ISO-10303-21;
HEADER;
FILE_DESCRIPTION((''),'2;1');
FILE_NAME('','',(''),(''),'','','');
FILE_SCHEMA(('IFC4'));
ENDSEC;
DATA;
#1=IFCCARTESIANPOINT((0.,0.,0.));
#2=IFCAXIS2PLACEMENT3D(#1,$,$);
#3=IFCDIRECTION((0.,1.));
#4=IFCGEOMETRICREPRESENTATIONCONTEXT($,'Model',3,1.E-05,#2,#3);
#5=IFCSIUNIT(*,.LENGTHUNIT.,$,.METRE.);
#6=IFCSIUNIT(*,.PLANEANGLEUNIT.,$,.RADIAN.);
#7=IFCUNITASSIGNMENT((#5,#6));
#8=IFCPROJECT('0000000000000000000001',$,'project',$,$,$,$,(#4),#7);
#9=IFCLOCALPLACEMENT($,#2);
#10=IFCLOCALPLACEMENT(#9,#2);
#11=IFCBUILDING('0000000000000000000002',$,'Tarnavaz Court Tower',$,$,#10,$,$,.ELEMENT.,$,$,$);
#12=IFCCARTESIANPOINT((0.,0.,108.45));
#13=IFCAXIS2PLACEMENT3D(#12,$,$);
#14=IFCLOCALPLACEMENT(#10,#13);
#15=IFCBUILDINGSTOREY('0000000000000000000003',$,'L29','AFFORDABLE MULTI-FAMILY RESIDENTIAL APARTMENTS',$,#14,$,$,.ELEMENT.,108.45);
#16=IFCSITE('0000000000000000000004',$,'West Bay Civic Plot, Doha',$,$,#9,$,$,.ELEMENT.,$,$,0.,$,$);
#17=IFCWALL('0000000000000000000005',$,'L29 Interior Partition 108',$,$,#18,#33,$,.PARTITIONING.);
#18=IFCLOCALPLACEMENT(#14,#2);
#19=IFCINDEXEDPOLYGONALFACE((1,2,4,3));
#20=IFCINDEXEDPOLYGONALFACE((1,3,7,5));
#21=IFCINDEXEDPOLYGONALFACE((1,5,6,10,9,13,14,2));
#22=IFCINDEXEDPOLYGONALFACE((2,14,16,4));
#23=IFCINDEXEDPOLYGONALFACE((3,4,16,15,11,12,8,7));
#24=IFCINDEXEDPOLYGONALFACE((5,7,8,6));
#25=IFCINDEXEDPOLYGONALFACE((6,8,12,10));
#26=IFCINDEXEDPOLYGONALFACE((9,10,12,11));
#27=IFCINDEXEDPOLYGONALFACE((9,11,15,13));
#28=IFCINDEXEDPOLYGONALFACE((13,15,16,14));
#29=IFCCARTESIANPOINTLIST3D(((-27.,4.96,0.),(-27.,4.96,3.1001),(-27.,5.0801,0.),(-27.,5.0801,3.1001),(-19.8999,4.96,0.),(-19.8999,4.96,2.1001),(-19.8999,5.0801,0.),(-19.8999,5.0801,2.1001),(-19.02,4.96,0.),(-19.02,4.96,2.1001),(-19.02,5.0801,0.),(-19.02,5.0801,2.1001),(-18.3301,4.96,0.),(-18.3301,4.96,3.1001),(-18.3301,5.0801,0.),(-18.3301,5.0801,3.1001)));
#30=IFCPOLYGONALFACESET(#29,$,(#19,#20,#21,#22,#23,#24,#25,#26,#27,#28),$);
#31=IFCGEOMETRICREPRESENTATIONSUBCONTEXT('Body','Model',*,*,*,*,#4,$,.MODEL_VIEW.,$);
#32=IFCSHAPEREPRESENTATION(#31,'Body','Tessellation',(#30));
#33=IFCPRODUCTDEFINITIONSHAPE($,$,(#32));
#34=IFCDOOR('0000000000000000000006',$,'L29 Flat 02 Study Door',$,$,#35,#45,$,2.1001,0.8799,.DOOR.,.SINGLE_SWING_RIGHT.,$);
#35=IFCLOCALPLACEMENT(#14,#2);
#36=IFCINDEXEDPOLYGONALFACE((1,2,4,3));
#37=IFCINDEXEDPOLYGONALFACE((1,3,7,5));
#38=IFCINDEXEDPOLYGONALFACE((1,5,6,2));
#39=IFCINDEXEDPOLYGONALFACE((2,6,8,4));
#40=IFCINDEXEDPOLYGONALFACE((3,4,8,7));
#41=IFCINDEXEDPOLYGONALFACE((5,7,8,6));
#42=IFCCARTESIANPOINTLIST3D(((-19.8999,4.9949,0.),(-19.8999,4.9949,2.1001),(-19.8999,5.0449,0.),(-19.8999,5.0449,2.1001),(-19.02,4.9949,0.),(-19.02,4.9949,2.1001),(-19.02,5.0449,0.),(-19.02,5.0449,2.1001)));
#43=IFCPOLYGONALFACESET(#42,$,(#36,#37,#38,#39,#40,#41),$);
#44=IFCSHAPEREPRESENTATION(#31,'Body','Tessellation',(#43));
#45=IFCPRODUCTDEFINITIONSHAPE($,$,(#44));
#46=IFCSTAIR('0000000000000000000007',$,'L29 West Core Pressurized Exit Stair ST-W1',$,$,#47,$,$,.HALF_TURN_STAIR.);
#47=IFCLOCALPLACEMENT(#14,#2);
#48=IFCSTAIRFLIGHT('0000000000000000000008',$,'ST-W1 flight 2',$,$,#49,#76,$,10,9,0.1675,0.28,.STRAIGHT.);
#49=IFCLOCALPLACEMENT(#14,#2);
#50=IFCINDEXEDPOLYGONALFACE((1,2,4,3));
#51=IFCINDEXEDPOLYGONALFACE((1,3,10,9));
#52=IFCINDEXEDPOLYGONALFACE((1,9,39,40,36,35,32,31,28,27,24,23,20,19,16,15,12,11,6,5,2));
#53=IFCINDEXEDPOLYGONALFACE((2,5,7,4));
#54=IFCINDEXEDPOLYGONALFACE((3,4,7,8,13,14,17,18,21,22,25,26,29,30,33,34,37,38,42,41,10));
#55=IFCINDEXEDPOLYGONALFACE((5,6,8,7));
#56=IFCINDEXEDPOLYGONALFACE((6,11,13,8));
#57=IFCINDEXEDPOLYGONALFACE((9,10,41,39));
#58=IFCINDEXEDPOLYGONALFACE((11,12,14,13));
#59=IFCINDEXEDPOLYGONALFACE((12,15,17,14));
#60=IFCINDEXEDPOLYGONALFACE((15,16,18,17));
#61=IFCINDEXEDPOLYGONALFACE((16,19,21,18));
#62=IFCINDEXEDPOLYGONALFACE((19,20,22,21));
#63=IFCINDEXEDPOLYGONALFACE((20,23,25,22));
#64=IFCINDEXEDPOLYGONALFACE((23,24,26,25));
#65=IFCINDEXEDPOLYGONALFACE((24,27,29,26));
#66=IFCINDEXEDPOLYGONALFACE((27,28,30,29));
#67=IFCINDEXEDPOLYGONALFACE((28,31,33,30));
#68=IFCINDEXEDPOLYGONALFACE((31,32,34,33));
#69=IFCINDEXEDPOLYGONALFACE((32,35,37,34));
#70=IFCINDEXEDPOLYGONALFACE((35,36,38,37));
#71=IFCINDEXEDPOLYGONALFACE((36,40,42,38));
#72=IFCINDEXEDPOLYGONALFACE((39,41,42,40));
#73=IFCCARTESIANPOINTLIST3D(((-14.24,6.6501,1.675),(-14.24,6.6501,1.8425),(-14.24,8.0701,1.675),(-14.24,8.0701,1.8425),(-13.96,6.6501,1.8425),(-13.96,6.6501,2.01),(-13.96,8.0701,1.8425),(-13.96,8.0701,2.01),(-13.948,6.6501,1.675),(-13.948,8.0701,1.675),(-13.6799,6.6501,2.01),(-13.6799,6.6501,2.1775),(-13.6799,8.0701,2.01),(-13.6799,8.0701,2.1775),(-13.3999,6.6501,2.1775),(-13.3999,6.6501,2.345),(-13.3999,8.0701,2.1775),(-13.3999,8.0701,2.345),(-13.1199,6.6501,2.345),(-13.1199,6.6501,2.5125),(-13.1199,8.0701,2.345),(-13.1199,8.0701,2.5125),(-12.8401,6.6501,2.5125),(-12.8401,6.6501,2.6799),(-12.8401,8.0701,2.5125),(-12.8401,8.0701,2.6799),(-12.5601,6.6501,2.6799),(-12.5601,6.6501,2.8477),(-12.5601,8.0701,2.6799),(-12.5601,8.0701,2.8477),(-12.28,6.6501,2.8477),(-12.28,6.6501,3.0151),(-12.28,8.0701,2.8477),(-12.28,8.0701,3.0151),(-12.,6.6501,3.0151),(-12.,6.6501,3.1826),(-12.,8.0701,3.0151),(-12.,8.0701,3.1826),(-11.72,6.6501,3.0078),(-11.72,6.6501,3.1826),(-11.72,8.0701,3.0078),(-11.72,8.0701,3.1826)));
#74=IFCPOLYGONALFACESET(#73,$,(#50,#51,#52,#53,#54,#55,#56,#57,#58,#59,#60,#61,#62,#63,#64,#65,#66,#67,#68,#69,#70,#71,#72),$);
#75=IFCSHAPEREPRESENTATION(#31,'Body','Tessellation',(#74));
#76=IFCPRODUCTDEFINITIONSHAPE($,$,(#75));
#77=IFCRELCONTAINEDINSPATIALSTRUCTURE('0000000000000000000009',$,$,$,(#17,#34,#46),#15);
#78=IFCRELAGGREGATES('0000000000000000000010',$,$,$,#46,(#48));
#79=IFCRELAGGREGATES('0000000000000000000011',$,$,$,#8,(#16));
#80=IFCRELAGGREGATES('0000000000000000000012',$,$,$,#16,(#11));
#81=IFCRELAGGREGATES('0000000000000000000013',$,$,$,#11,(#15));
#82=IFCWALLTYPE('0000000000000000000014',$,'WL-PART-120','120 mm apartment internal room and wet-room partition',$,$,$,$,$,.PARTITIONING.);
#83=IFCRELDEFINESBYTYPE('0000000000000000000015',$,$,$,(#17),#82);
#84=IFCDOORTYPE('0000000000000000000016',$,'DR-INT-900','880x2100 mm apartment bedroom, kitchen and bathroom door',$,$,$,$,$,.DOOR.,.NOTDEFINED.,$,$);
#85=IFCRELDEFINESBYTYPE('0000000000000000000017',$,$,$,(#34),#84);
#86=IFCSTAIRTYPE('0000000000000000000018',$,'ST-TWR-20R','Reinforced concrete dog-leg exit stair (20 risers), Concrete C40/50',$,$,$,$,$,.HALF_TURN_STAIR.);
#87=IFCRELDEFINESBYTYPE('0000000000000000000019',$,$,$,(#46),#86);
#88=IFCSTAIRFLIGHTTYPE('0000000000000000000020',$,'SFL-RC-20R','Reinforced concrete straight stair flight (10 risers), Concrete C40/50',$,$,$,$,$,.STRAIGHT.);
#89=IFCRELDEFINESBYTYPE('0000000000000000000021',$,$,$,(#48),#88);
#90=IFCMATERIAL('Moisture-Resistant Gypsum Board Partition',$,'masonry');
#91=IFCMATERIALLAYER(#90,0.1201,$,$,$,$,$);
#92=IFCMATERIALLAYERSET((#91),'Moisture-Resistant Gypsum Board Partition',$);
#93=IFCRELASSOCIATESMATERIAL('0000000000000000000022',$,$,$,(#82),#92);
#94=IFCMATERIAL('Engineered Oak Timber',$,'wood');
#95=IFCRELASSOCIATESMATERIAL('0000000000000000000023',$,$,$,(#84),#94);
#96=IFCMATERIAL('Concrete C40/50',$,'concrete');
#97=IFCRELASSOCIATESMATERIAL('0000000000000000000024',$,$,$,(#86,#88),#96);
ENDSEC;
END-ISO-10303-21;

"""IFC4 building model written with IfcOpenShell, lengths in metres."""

from ifc_helpers import new_model, si_unit, direction, frame, frame_2d, origin, place, context, subcontext, project, spatial, polyline, rectangle, outline, extrude, material, layer, layer_set, type_object, element, fill, aggregate, save


model = new_model("IFC4")

# Units and contexts
model_context = context("Model", 3, precision=1e-05, world=origin(), true_north=direction((0.0, 1.0)))
body_context = subcontext(model_context, "Body", "Model", "MODEL_VIEW")
ifc_project = project(units=[si_unit("LENGTHUNIT", "METRE"), si_unit("PLANEANGLEUNIT", "RADIAN")], contexts=[model_context])

# Site, building, storey
site_placement = place(None, origin())
site = spatial("IfcSite", under=ifc_project, at=site_placement, Name="West Bay Civic Plot, Doha", CompositionType="ELEMENT", RefElevation=0.0)
building_placement = place(site_placement, origin())
building = spatial("IfcBuilding", under=site, at=building_placement, Name="Tarnavaz Court Tower", CompositionType="ELEMENT")
storey_placement = place(building_placement, frame((0.0, 0.0, 108.45)))
storey = spatial("IfcBuildingStorey", under=building, at=storey_placement, Name="L29", Description="AFFORDABLE MULTI-FAMILY RESIDENTIAL APARTMENTS", CompositionType="ELEMENT", Elevation=108.45)

# Shared definitions
ifc_material_1 = material(Name="Engineered Oak Timber", Category="wood")

# Wall, opening, door
ifc_material_2 = material(Name="Moisture-Resistant Gypsum Board Partition", Category="masonry")
ifc_layer_1 = layer(ifc_material_2, 0.1201)
ifc_layer_set_1 = layer_set([ifc_layer_1], Name="Moisture-Resistant Gypsum Board Partition")
wall_type_1 = type_object("IfcWallType", Name="WL-PART-120", Description="120 mm apartment internal room and wet-room partition", PredefinedType="PARTITIONING", material=ifc_layer_set_1)
wall_1_placement = place(storey_placement, frame((-27.0, 5.02, 0.0), z_axis=(0.0, 0.0, 1.0), x_axis=(1.0, 0.0, 0.0)))
wall_1 = element("IfcWall", 1, at=wall_1_placement, inside=storey, type_object=wall_type_1, Name="L29 Interior Partition 108", PredefinedType="PARTITIONING", context=body_context, shape_type="SweptSolid", body=[
    extrude(rectangle(XDim=8.6699, YDim=0.1201, at=frame_2d((4.335, 0.0))), origin(), (0.0, 0.0, 1.0), 3.1001),
])
opening_1_placement = place(wall_1_placement, frame((7.1001, 0.0, 0.0)))
opening_1 = element("IfcOpeningElement", 2, at=opening_1_placement, cuts=wall_1, PredefinedType="OPENING", context=body_context, shape_type="SweptSolid", body=[
    extrude(rectangle(XDim=0.8799, YDim=2.1001, at=frame_2d((0.4399, 1.05))), frame((0.0, 0.0701, 0.0), z_axis=(0.0, -1.0, 0.0), x_axis=(1.0, 0.0, 0.0)), (0.0, 0.0, 1.0), 0.1401),
])
door_type_1 = type_object("IfcDoorType", Name="DR-INT-900", Description="880x2100 mm apartment bedroom, kitchen and bathroom door", OperationType="NOTDEFINED", PredefinedType="DOOR", material=ifc_material_1)
door_1_placement = place(opening_1_placement, origin())
door_1 = element("IfcDoor", 3, at=door_1_placement, inside=storey, type_object=door_type_1, Name="L29 Flat 02 Study Door", OperationType="SINGLE_SWING_RIGHT", OverallHeight=2.1001, OverallWidth=0.8799, PredefinedType="DOOR", context=body_context, shape_type="SweptSolid", body=[
    extrude(rectangle(XDim=0.8799, YDim=2.1001, at=frame_2d((0.4399, 1.05))), frame((0.0, 0.0249, 0.0), z_axis=(0.0, -1.0, 0.0), x_axis=(1.0, 0.0, 0.0)), (0.0, 0.0, 1.0), 0.05),
])
fill(opening_1, door_1)

# Stair, stair flight
ifc_material_3 = material(Name="Concrete C40/50", Category="concrete")
stair_type = type_object("IfcStairType", Name="ST-TWR-20R", Description="Reinforced concrete dog-leg exit stair (20 risers), Concrete C40/50", PredefinedType="HALF_TURN_STAIR", material=ifc_material_3)
stair_placement = place(storey_placement, origin())
stair = element("IfcStair", 4, at=stair_placement, inside=storey, type_object=stair_type, Name="L29 West Core Pressurized Exit Stair ST-W1", PredefinedType="HALF_TURN_STAIR")
stair_flight_type = type_object("IfcStairFlightType", Name="SFL-RC-20R", Description="Reinforced concrete straight stair flight (10 risers), Concrete C40/50", PredefinedType="STRAIGHT", material=ifc_material_3)
stair_flight_placement = place(storey_placement, frame((-14.24, 7.3601, 1.675), z_axis=(0.0, 0.0, 1.0), x_axis=(1.0, 0.0, 0.0)))
stair_flight = element("IfcStairFlight", 5, at=stair_flight_placement, type_object=stair_flight_type, Name="ST-W1 flight 2", NumberOfRisers=10, NumberOfTreads=9, PredefinedType="STRAIGHT", RiserHeight=0.1675, TreadLength=0.28, context=body_context, shape_type="SweptSolid", body=[
    extrude(outline(polyline([(0.0, 0.0), (0.0, 0.1675), (0.28, 0.1675), (0.28, 0.335), (0.5601, 0.335), (0.5601, 0.5024), (0.8401, 0.5024), (0.8401, 0.6699), (1.1201, 0.6699), (1.1201, 0.8374), (1.3999, 0.8374), (1.3999, 1.0049), (1.6799, 1.0049), (1.6799, 1.1726), (1.96, 1.1726), (1.96, 1.3401), (2.24, 1.3401), (2.24, 1.5076), (2.52, 1.5076), (2.52, 1.675), (2.52, 1.3328), (0.292, 0.0), (0.0, 0.0)])), frame((0.0, 0.71, 0.0), z_axis=(0.0, -1.0, 0.0), x_axis=(1.0, 0.0, 0.0)), (0.0, 0.0, 1.0), 1.4199),
])
aggregate(stair, [stair_flight])

save(model, "model.ifc")
